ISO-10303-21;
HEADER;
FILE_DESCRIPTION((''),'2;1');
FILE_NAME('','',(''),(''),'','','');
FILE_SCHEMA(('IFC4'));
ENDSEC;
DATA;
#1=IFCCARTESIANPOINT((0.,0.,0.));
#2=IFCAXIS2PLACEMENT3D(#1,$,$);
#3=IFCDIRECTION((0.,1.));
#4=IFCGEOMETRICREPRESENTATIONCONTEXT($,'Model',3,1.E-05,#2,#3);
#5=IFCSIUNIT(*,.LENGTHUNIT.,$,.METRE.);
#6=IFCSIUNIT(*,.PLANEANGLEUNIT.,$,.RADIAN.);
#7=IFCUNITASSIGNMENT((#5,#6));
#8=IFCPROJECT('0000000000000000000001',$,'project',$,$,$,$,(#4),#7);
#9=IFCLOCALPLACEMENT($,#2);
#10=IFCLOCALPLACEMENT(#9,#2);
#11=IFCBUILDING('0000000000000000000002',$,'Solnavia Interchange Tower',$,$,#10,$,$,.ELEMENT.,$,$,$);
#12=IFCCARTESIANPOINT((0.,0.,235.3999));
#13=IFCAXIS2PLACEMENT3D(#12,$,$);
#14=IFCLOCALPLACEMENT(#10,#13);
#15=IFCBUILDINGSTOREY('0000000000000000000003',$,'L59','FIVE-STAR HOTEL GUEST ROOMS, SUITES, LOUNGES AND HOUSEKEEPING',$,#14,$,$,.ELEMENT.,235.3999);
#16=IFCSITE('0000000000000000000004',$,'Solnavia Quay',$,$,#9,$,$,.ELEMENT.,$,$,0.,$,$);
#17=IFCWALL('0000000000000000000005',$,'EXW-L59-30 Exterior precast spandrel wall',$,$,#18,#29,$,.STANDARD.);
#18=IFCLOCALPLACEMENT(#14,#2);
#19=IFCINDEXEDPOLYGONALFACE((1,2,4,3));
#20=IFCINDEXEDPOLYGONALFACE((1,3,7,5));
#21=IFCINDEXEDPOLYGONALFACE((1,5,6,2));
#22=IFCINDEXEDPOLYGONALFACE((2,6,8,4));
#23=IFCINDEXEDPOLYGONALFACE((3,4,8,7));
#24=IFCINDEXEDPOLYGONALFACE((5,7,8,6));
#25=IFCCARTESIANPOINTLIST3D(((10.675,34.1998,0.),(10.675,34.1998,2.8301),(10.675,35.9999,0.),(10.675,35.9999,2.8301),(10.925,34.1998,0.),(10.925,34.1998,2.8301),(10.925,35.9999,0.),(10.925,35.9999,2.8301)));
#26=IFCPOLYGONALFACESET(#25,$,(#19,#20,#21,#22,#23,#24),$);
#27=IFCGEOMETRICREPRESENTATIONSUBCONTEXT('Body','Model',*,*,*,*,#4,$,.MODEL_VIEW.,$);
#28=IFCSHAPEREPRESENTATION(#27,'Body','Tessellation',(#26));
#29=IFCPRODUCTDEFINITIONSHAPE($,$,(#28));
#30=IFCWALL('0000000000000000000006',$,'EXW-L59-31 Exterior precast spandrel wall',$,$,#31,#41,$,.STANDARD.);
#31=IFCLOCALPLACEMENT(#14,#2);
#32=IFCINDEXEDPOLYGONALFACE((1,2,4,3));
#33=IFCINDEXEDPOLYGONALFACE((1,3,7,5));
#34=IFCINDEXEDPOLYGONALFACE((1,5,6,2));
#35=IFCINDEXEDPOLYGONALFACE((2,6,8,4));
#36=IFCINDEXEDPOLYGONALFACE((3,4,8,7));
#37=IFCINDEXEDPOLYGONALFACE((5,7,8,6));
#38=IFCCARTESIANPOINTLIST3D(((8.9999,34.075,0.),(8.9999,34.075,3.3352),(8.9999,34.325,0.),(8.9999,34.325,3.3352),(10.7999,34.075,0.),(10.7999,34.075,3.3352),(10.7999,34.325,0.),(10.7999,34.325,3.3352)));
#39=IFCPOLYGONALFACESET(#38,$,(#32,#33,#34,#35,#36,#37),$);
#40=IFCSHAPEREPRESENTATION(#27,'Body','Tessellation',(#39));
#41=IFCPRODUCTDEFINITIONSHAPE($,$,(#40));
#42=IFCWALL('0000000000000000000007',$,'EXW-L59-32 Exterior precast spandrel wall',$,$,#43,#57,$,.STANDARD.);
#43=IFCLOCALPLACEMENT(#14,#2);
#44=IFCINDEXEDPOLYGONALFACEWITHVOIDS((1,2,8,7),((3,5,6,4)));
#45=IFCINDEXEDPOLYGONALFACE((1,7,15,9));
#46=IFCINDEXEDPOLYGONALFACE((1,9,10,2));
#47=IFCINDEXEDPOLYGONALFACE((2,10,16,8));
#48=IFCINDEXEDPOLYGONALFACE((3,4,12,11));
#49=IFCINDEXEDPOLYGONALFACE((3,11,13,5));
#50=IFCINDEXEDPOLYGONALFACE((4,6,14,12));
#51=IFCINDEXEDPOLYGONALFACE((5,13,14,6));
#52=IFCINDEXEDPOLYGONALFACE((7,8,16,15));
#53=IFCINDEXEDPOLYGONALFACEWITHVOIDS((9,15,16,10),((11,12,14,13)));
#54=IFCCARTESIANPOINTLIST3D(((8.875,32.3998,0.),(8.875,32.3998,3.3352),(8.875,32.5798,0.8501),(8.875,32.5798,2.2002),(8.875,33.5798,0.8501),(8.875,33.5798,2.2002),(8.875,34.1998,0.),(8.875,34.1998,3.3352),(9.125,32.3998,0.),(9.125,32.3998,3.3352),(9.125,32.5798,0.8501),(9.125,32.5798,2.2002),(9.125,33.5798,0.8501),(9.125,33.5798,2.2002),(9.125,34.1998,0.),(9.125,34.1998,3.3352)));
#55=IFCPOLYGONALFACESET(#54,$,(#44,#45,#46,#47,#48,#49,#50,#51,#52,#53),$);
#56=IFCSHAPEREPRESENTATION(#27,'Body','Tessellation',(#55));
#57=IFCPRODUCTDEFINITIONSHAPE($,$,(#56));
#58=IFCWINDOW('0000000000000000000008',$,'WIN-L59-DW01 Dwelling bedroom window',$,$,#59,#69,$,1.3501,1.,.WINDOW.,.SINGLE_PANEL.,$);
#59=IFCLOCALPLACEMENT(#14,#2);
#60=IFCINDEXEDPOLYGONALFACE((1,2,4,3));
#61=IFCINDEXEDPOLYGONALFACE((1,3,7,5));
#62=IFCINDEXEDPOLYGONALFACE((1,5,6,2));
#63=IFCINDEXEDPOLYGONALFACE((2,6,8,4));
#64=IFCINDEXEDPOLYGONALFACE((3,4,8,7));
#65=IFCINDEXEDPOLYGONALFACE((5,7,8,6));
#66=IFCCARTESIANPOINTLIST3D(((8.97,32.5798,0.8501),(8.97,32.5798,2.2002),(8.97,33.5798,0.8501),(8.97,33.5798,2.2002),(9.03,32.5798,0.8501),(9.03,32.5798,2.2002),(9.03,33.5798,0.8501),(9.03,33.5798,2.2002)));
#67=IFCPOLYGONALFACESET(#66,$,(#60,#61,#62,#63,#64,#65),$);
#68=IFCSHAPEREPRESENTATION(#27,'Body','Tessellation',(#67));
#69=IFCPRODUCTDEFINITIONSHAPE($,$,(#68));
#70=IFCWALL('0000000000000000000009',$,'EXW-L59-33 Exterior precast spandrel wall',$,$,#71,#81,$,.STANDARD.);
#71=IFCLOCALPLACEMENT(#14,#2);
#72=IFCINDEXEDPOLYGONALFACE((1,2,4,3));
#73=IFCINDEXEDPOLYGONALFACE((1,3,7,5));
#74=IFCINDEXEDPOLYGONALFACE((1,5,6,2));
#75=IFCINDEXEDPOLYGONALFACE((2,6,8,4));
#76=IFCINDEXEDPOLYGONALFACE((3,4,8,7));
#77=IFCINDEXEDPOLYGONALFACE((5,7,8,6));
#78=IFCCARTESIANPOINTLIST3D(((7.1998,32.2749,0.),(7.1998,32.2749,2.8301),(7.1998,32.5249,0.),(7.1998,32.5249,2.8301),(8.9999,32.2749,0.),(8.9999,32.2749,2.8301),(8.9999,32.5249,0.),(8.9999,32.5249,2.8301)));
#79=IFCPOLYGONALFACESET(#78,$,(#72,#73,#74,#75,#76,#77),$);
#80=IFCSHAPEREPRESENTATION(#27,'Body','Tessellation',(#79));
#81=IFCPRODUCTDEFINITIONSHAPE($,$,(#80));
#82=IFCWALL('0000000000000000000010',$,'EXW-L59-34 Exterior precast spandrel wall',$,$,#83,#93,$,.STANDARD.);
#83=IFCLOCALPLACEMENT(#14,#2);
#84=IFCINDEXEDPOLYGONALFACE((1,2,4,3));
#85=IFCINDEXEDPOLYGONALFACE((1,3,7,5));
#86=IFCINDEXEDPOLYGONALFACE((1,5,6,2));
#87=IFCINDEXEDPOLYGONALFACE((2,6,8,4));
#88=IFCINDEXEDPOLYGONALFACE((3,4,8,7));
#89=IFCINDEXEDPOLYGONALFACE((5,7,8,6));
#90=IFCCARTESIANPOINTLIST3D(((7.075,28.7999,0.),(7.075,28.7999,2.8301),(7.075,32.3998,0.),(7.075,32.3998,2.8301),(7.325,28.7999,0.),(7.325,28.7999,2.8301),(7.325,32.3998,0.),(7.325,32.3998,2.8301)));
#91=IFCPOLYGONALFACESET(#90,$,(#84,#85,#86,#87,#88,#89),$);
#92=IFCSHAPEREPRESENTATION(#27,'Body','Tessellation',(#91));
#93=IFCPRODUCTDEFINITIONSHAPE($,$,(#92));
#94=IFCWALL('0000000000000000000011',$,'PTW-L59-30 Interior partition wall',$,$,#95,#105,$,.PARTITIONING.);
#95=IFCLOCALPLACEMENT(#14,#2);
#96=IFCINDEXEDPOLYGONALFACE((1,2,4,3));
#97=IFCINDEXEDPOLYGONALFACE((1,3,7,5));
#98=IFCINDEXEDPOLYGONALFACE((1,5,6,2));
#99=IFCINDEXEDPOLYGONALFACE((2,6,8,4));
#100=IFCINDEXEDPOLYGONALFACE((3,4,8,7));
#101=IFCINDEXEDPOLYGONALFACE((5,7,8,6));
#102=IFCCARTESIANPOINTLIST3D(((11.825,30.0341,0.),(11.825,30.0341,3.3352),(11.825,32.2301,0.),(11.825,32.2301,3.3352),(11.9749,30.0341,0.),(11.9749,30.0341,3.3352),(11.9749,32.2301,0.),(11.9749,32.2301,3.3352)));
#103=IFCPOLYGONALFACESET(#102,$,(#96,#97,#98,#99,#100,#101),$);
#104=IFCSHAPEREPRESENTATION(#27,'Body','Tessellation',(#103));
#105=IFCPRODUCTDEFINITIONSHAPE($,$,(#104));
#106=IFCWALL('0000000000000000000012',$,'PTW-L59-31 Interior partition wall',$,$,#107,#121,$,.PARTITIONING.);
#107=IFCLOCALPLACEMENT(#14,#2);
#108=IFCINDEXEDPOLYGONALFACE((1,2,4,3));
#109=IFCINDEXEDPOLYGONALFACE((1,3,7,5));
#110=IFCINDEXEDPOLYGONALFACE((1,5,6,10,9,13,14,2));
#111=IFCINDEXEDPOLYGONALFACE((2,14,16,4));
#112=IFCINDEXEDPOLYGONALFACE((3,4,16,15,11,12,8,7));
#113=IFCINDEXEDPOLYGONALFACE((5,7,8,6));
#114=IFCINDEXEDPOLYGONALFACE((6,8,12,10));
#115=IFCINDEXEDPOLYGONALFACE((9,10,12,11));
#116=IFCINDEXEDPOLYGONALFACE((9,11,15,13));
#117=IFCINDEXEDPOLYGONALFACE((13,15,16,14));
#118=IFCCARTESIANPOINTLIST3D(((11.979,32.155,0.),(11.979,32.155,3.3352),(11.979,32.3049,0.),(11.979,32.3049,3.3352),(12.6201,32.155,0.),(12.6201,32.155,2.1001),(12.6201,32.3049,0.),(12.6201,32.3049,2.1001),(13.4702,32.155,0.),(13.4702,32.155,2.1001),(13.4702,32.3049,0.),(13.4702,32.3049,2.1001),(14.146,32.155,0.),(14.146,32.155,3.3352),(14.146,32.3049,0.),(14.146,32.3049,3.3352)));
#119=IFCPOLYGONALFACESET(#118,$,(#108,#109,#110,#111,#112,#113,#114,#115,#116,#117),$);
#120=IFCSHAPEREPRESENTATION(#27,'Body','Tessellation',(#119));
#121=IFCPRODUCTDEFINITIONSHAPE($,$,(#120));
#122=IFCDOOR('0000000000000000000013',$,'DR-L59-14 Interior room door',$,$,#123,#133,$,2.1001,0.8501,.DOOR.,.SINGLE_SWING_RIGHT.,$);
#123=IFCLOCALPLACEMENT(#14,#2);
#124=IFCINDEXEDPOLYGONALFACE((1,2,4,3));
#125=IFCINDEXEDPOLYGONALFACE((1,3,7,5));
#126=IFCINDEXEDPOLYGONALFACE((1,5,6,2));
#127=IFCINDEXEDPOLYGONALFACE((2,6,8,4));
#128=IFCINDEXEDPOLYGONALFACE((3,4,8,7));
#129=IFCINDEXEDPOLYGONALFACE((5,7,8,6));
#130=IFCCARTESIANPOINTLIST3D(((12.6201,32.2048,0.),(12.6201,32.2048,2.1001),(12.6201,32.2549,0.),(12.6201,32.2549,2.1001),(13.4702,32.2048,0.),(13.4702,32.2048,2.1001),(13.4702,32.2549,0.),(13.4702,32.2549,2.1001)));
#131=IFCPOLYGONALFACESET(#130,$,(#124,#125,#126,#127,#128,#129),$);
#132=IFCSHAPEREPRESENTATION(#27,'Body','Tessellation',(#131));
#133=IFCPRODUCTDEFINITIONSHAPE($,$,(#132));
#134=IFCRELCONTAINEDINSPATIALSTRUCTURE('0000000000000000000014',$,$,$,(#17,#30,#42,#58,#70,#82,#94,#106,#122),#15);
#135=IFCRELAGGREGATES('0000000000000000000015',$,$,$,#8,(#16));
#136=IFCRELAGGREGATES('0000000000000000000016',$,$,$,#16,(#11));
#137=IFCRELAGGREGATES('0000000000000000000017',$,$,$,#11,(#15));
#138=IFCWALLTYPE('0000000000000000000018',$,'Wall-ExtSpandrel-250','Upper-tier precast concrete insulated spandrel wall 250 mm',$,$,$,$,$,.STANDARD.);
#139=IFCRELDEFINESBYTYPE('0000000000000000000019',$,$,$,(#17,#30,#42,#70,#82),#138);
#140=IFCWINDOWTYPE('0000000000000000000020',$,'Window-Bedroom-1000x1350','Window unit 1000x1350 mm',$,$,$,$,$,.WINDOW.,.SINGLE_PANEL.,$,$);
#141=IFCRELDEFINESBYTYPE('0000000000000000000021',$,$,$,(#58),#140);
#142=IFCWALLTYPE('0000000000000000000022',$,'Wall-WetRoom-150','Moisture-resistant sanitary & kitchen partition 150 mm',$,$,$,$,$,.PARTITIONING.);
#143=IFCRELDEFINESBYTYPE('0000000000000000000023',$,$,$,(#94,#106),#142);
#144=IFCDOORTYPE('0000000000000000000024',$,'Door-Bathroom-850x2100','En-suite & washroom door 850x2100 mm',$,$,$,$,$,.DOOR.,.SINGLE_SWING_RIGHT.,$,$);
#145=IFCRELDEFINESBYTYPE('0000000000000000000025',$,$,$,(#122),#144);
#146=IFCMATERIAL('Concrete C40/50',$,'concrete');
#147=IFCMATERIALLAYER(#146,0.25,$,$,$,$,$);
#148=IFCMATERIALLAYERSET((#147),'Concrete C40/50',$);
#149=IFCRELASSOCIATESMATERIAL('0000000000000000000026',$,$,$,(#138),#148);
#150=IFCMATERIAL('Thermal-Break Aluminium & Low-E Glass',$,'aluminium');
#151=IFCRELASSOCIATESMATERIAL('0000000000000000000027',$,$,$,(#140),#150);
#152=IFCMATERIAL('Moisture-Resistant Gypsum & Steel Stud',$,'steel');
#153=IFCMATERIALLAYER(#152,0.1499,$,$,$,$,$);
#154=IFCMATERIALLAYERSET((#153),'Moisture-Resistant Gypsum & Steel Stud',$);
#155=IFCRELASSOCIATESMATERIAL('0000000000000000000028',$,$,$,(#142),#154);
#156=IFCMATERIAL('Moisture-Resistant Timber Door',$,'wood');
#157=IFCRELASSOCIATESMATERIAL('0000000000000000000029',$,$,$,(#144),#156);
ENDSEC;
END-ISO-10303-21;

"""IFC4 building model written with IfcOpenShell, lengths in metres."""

from ifc_helpers import new_model, si_unit, direction, frame, frame_2d, origin, place, context, subcontext, project, spatial, rectangle, extrude, material, layer, layer_set, type_object, element, fill, save


model = new_model("IFC4")

# Units and contexts
model_context = context("Model", 3, precision=1e-05, world=origin(), true_north=direction((0.0, 1.0)))
body_context = subcontext(model_context, "Body", "Model", "MODEL_VIEW")
ifc_project = project(units=[si_unit("LENGTHUNIT", "METRE"), si_unit("PLANEANGLEUNIT", "RADIAN")], contexts=[model_context])

# Site, building, storey
site_placement = place(None, origin())
site = spatial("IfcSite", under=ifc_project, at=site_placement, Name="Solnavia Quay", CompositionType="ELEMENT", RefElevation=0.0)
building_placement = place(site_placement, origin())
building = spatial("IfcBuilding", under=site, at=building_placement, Name="Solnavia Interchange Tower", CompositionType="ELEMENT")
storey_placement = place(building_placement, frame((0.0, 0.0, 235.3999)))
storey = spatial("IfcBuildingStorey", under=building, at=storey_placement, Name="L59", Description="FIVE-STAR HOTEL GUEST ROOMS, SUITES, LOUNGES AND HOUSEKEEPING", CompositionType="ELEMENT", Elevation=235.3999)

# Walls
ifc_material_1 = material(Name="Concrete C40/50", Category="concrete")
ifc_layer_1 = layer(ifc_material_1, 0.25)
ifc_layer_set_1 = layer_set([ifc_layer_1], Name="Concrete C40/50")
wall_type_1 = type_object("IfcWallType", Name="Wall-ExtSpandrel-250", Description="Upper-tier precast concrete insulated spandrel wall 250 mm", PredefinedType="STANDARD", material=ifc_layer_set_1)
wall_1_placement = place(storey_placement, frame((10.8, 34.2, 0.0), z_axis=(0.0, 0.0, 1.0), x_axis=(0.0, 1.0, 0.0)))
element("IfcWall", 1, at=wall_1_placement, inside=storey, type_object=wall_type_1, Name="EXW-L59-30 Exterior precast spandrel wall", PredefinedType="STANDARD", context=body_context, shape_type="SweptSolid", body=[
    extrude(rectangle(XDim=1.8, YDim=0.25, at=frame_2d((0.8999, 0.0))), origin(), (0.0, 0.0, 1.0), 2.8301),
])
wall_2_placement = place(storey_placement, frame((9.0, 34.2, 0.0), z_axis=(0.0, 0.0, 1.0), x_axis=(1.0, 0.0, 0.0)))
element("IfcWall", 2, at=wall_2_placement, inside=storey, type_object=wall_type_1, Name="EXW-L59-31 Exterior precast spandrel wall", PredefinedType="STANDARD", context=body_context, shape_type="SweptSolid", body=[
    extrude(rectangle(XDim=1.8, YDim=0.25, at=frame_2d((0.8999, 0.0))), origin(), (0.0, 0.0, 1.0), 3.3352),
])

# Wall, opening, window
wall_3_placement = place(storey_placement, frame((9.0, 32.3999, 0.0), z_axis=(0.0, 0.0, 1.0), x_axis=(0.0, 1.0, 0.0)))
wall_3 = element("IfcWall", 3, at=wall_3_placement, inside=storey, type_object=wall_type_1, Name="EXW-L59-32 Exterior precast spandrel wall", PredefinedType="STANDARD", context=body_context, shape_type="SweptSolid", body=[
    extrude(rectangle(XDim=1.8, YDim=0.25, at=frame_2d((0.8999, 0.0))), origin(), (0.0, 0.0, 1.0), 3.3352),
])
opening_1_placement = place(wall_3_placement, frame((0.1799, 0.0, 0.8501)))
opening_1 = element("IfcOpeningElement", 4, at=opening_1_placement, cuts=wall_3, PredefinedType="OPENING", context=body_context, shape_type="SweptSolid", body=[
    extrude(rectangle(XDim=1.0, YDim=1.3501, at=frame_2d((0.5, 0.675))), frame((0.0, 0.135, 0.0), z_axis=(0.0, -1.0, 0.0), x_axis=(1.0, 0.0, 0.0)), (0.0, 0.0, 1.0), 0.27),
])
ifc_material_2 = material(Name="Thermal-Break Aluminium & Low-E Glass", Category="aluminium")
window_type = type_object("IfcWindowType", Name="Window-Bedroom-1000x1350", Description="Window unit 1000x1350 mm", PartitioningType="SINGLE_PANEL", PredefinedType="WINDOW", material=ifc_material_2)
window_placement = place(opening_1_placement, origin())
window = element("IfcWindow", 5, at=window_placement, inside=storey, type_object=window_type, Name="WIN-L59-DW01 Dwelling bedroom window", OverallHeight=1.3501, OverallWidth=1.0, PartitioningType="SINGLE_PANEL", PredefinedType="WINDOW", context=body_context, shape_type="SweptSolid", body=[
    extrude(rectangle(XDim=1.0, YDim=1.3501, at=frame_2d((0.5, 0.675))), frame((0.0, 0.03, 0.0), z_axis=(0.0, -1.0, 0.0), x_axis=(1.0, 0.0, 0.0)), (0.0, 0.0, 1.0), 0.0601),
])
fill(opening_1, window)

# Walls
wall_4_placement = place(storey_placement, frame((7.2, 32.3999, 0.0), z_axis=(0.0, 0.0, 1.0), x_axis=(1.0, 0.0, 0.0)))
element("IfcWall", 6, at=wall_4_placement, inside=storey, type_object=wall_type_1, Name="EXW-L59-33 Exterior precast spandrel wall", PredefinedType="STANDARD", context=body_context, shape_type="SweptSolid", body=[
    extrude(rectangle(XDim=1.8, YDim=0.25, at=frame_2d((0.8999, 0.0))), origin(), (0.0, 0.0, 1.0), 2.8301),
])
wall_5_placement = place(storey_placement, frame((7.2, 28.8, 0.0), z_axis=(0.0, 0.0, 1.0), x_axis=(0.0, 1.0, 0.0)))
element("IfcWall", 7, at=wall_5_placement, inside=storey, type_object=wall_type_1, Name="EXW-L59-34 Exterior precast spandrel wall", PredefinedType="STANDARD", context=body_context, shape_type="SweptSolid", body=[
    extrude(rectangle(XDim=3.5999, YDim=0.25, at=frame_2d((1.7998, 0.0))), origin(), (0.0, 0.0, 1.0), 2.8301),
])
ifc_material_3 = material(Name="Moisture-Resistant Gypsum & Steel Stud", Category="steel")
ifc_layer_2 = layer(ifc_material_3, 0.1499)
ifc_layer_set_2 = layer_set([ifc_layer_2], Name="Moisture-Resistant Gypsum & Steel Stud")
wall_type_2 = type_object("IfcWallType", Name="Wall-WetRoom-150", Description="Moisture-resistant sanitary & kitchen partition 150 mm", PredefinedType="PARTITIONING", material=ifc_layer_set_2)
wall_6_placement = place(storey_placement, frame((11.8999, 30.0339, 0.0), z_axis=(0.0, 0.0, 1.0), x_axis=(0.0, 1.0, 0.0)))
element("IfcWall", 8, at=wall_6_placement, inside=storey, type_object=wall_type_2, Name="PTW-L59-30 Interior partition wall", PredefinedType="PARTITIONING", context=body_context, shape_type="SweptSolid", body=[
    extrude(rectangle(XDim=2.196, YDim=0.1499, at=frame_2d((1.0981, 0.0))), origin(), (0.0, 0.0, 1.0), 3.3352),
])

# Wall, opening, door
wall_7_placement = place(storey_placement, frame((11.979, 32.23, 0.0), z_axis=(0.0, 0.0, 1.0), x_axis=(1.0, 0.0, 0.0)))
wall_7 = element("IfcWall", 9, at=wall_7_placement, inside=storey, type_object=wall_type_2, Name="PTW-L59-31 Interior partition wall", PredefinedType="PARTITIONING", context=body_context, shape_type="SweptSolid", body=[
    extrude(rectangle(XDim=2.167, YDim=0.1499, at=frame_2d((1.0835, 0.0))), origin(), (0.0, 0.0, 1.0), 3.3352),
])
opening_2_placement = place(wall_7_placement, frame((0.6411, 0.0, 0.0)))
opening_2 = element("IfcOpeningElement", 10, at=opening_2_placement, cuts=wall_7, PredefinedType="OPENING", context=body_context, shape_type="SweptSolid", body=[
    extrude(rectangle(XDim=0.8501, YDim=2.1001, at=frame_2d((0.425, 1.05))), frame((0.0, 0.085, 0.0), z_axis=(0.0, -1.0, 0.0), x_axis=(1.0, 0.0, 0.0)), (0.0, 0.0, 1.0), 0.1699),
])
ifc_material_4 = material(Name="Moisture-Resistant Timber Door", Category="wood")
door_type = type_object("IfcDoorType", Name="Door-Bathroom-850x2100", Description="En-suite & washroom door 850x2100 mm", OperationType="SINGLE_SWING_RIGHT", PredefinedType="DOOR", material=ifc_material_4)
door_placement = place(opening_2_placement, origin())
door = element("IfcDoor", 11, at=door_placement, inside=storey, type_object=door_type, Name="DR-L59-14 Interior room door", OperationType="SINGLE_SWING_RIGHT", OverallHeight=2.1001, OverallWidth=0.8501, PredefinedType="DOOR", context=body_context, shape_type="SweptSolid", body=[
    extrude(rectangle(XDim=0.8501, YDim=2.1001, at=frame_2d((0.425, 1.05))), frame((0.0, 0.0249, 0.0), z_axis=(0.0, -1.0, 0.0), x_axis=(1.0, 0.0, 0.0)), (0.0, 0.0, 1.0), 0.05),
])
fill(opening_2, door)

save(model, "model.ifc")
